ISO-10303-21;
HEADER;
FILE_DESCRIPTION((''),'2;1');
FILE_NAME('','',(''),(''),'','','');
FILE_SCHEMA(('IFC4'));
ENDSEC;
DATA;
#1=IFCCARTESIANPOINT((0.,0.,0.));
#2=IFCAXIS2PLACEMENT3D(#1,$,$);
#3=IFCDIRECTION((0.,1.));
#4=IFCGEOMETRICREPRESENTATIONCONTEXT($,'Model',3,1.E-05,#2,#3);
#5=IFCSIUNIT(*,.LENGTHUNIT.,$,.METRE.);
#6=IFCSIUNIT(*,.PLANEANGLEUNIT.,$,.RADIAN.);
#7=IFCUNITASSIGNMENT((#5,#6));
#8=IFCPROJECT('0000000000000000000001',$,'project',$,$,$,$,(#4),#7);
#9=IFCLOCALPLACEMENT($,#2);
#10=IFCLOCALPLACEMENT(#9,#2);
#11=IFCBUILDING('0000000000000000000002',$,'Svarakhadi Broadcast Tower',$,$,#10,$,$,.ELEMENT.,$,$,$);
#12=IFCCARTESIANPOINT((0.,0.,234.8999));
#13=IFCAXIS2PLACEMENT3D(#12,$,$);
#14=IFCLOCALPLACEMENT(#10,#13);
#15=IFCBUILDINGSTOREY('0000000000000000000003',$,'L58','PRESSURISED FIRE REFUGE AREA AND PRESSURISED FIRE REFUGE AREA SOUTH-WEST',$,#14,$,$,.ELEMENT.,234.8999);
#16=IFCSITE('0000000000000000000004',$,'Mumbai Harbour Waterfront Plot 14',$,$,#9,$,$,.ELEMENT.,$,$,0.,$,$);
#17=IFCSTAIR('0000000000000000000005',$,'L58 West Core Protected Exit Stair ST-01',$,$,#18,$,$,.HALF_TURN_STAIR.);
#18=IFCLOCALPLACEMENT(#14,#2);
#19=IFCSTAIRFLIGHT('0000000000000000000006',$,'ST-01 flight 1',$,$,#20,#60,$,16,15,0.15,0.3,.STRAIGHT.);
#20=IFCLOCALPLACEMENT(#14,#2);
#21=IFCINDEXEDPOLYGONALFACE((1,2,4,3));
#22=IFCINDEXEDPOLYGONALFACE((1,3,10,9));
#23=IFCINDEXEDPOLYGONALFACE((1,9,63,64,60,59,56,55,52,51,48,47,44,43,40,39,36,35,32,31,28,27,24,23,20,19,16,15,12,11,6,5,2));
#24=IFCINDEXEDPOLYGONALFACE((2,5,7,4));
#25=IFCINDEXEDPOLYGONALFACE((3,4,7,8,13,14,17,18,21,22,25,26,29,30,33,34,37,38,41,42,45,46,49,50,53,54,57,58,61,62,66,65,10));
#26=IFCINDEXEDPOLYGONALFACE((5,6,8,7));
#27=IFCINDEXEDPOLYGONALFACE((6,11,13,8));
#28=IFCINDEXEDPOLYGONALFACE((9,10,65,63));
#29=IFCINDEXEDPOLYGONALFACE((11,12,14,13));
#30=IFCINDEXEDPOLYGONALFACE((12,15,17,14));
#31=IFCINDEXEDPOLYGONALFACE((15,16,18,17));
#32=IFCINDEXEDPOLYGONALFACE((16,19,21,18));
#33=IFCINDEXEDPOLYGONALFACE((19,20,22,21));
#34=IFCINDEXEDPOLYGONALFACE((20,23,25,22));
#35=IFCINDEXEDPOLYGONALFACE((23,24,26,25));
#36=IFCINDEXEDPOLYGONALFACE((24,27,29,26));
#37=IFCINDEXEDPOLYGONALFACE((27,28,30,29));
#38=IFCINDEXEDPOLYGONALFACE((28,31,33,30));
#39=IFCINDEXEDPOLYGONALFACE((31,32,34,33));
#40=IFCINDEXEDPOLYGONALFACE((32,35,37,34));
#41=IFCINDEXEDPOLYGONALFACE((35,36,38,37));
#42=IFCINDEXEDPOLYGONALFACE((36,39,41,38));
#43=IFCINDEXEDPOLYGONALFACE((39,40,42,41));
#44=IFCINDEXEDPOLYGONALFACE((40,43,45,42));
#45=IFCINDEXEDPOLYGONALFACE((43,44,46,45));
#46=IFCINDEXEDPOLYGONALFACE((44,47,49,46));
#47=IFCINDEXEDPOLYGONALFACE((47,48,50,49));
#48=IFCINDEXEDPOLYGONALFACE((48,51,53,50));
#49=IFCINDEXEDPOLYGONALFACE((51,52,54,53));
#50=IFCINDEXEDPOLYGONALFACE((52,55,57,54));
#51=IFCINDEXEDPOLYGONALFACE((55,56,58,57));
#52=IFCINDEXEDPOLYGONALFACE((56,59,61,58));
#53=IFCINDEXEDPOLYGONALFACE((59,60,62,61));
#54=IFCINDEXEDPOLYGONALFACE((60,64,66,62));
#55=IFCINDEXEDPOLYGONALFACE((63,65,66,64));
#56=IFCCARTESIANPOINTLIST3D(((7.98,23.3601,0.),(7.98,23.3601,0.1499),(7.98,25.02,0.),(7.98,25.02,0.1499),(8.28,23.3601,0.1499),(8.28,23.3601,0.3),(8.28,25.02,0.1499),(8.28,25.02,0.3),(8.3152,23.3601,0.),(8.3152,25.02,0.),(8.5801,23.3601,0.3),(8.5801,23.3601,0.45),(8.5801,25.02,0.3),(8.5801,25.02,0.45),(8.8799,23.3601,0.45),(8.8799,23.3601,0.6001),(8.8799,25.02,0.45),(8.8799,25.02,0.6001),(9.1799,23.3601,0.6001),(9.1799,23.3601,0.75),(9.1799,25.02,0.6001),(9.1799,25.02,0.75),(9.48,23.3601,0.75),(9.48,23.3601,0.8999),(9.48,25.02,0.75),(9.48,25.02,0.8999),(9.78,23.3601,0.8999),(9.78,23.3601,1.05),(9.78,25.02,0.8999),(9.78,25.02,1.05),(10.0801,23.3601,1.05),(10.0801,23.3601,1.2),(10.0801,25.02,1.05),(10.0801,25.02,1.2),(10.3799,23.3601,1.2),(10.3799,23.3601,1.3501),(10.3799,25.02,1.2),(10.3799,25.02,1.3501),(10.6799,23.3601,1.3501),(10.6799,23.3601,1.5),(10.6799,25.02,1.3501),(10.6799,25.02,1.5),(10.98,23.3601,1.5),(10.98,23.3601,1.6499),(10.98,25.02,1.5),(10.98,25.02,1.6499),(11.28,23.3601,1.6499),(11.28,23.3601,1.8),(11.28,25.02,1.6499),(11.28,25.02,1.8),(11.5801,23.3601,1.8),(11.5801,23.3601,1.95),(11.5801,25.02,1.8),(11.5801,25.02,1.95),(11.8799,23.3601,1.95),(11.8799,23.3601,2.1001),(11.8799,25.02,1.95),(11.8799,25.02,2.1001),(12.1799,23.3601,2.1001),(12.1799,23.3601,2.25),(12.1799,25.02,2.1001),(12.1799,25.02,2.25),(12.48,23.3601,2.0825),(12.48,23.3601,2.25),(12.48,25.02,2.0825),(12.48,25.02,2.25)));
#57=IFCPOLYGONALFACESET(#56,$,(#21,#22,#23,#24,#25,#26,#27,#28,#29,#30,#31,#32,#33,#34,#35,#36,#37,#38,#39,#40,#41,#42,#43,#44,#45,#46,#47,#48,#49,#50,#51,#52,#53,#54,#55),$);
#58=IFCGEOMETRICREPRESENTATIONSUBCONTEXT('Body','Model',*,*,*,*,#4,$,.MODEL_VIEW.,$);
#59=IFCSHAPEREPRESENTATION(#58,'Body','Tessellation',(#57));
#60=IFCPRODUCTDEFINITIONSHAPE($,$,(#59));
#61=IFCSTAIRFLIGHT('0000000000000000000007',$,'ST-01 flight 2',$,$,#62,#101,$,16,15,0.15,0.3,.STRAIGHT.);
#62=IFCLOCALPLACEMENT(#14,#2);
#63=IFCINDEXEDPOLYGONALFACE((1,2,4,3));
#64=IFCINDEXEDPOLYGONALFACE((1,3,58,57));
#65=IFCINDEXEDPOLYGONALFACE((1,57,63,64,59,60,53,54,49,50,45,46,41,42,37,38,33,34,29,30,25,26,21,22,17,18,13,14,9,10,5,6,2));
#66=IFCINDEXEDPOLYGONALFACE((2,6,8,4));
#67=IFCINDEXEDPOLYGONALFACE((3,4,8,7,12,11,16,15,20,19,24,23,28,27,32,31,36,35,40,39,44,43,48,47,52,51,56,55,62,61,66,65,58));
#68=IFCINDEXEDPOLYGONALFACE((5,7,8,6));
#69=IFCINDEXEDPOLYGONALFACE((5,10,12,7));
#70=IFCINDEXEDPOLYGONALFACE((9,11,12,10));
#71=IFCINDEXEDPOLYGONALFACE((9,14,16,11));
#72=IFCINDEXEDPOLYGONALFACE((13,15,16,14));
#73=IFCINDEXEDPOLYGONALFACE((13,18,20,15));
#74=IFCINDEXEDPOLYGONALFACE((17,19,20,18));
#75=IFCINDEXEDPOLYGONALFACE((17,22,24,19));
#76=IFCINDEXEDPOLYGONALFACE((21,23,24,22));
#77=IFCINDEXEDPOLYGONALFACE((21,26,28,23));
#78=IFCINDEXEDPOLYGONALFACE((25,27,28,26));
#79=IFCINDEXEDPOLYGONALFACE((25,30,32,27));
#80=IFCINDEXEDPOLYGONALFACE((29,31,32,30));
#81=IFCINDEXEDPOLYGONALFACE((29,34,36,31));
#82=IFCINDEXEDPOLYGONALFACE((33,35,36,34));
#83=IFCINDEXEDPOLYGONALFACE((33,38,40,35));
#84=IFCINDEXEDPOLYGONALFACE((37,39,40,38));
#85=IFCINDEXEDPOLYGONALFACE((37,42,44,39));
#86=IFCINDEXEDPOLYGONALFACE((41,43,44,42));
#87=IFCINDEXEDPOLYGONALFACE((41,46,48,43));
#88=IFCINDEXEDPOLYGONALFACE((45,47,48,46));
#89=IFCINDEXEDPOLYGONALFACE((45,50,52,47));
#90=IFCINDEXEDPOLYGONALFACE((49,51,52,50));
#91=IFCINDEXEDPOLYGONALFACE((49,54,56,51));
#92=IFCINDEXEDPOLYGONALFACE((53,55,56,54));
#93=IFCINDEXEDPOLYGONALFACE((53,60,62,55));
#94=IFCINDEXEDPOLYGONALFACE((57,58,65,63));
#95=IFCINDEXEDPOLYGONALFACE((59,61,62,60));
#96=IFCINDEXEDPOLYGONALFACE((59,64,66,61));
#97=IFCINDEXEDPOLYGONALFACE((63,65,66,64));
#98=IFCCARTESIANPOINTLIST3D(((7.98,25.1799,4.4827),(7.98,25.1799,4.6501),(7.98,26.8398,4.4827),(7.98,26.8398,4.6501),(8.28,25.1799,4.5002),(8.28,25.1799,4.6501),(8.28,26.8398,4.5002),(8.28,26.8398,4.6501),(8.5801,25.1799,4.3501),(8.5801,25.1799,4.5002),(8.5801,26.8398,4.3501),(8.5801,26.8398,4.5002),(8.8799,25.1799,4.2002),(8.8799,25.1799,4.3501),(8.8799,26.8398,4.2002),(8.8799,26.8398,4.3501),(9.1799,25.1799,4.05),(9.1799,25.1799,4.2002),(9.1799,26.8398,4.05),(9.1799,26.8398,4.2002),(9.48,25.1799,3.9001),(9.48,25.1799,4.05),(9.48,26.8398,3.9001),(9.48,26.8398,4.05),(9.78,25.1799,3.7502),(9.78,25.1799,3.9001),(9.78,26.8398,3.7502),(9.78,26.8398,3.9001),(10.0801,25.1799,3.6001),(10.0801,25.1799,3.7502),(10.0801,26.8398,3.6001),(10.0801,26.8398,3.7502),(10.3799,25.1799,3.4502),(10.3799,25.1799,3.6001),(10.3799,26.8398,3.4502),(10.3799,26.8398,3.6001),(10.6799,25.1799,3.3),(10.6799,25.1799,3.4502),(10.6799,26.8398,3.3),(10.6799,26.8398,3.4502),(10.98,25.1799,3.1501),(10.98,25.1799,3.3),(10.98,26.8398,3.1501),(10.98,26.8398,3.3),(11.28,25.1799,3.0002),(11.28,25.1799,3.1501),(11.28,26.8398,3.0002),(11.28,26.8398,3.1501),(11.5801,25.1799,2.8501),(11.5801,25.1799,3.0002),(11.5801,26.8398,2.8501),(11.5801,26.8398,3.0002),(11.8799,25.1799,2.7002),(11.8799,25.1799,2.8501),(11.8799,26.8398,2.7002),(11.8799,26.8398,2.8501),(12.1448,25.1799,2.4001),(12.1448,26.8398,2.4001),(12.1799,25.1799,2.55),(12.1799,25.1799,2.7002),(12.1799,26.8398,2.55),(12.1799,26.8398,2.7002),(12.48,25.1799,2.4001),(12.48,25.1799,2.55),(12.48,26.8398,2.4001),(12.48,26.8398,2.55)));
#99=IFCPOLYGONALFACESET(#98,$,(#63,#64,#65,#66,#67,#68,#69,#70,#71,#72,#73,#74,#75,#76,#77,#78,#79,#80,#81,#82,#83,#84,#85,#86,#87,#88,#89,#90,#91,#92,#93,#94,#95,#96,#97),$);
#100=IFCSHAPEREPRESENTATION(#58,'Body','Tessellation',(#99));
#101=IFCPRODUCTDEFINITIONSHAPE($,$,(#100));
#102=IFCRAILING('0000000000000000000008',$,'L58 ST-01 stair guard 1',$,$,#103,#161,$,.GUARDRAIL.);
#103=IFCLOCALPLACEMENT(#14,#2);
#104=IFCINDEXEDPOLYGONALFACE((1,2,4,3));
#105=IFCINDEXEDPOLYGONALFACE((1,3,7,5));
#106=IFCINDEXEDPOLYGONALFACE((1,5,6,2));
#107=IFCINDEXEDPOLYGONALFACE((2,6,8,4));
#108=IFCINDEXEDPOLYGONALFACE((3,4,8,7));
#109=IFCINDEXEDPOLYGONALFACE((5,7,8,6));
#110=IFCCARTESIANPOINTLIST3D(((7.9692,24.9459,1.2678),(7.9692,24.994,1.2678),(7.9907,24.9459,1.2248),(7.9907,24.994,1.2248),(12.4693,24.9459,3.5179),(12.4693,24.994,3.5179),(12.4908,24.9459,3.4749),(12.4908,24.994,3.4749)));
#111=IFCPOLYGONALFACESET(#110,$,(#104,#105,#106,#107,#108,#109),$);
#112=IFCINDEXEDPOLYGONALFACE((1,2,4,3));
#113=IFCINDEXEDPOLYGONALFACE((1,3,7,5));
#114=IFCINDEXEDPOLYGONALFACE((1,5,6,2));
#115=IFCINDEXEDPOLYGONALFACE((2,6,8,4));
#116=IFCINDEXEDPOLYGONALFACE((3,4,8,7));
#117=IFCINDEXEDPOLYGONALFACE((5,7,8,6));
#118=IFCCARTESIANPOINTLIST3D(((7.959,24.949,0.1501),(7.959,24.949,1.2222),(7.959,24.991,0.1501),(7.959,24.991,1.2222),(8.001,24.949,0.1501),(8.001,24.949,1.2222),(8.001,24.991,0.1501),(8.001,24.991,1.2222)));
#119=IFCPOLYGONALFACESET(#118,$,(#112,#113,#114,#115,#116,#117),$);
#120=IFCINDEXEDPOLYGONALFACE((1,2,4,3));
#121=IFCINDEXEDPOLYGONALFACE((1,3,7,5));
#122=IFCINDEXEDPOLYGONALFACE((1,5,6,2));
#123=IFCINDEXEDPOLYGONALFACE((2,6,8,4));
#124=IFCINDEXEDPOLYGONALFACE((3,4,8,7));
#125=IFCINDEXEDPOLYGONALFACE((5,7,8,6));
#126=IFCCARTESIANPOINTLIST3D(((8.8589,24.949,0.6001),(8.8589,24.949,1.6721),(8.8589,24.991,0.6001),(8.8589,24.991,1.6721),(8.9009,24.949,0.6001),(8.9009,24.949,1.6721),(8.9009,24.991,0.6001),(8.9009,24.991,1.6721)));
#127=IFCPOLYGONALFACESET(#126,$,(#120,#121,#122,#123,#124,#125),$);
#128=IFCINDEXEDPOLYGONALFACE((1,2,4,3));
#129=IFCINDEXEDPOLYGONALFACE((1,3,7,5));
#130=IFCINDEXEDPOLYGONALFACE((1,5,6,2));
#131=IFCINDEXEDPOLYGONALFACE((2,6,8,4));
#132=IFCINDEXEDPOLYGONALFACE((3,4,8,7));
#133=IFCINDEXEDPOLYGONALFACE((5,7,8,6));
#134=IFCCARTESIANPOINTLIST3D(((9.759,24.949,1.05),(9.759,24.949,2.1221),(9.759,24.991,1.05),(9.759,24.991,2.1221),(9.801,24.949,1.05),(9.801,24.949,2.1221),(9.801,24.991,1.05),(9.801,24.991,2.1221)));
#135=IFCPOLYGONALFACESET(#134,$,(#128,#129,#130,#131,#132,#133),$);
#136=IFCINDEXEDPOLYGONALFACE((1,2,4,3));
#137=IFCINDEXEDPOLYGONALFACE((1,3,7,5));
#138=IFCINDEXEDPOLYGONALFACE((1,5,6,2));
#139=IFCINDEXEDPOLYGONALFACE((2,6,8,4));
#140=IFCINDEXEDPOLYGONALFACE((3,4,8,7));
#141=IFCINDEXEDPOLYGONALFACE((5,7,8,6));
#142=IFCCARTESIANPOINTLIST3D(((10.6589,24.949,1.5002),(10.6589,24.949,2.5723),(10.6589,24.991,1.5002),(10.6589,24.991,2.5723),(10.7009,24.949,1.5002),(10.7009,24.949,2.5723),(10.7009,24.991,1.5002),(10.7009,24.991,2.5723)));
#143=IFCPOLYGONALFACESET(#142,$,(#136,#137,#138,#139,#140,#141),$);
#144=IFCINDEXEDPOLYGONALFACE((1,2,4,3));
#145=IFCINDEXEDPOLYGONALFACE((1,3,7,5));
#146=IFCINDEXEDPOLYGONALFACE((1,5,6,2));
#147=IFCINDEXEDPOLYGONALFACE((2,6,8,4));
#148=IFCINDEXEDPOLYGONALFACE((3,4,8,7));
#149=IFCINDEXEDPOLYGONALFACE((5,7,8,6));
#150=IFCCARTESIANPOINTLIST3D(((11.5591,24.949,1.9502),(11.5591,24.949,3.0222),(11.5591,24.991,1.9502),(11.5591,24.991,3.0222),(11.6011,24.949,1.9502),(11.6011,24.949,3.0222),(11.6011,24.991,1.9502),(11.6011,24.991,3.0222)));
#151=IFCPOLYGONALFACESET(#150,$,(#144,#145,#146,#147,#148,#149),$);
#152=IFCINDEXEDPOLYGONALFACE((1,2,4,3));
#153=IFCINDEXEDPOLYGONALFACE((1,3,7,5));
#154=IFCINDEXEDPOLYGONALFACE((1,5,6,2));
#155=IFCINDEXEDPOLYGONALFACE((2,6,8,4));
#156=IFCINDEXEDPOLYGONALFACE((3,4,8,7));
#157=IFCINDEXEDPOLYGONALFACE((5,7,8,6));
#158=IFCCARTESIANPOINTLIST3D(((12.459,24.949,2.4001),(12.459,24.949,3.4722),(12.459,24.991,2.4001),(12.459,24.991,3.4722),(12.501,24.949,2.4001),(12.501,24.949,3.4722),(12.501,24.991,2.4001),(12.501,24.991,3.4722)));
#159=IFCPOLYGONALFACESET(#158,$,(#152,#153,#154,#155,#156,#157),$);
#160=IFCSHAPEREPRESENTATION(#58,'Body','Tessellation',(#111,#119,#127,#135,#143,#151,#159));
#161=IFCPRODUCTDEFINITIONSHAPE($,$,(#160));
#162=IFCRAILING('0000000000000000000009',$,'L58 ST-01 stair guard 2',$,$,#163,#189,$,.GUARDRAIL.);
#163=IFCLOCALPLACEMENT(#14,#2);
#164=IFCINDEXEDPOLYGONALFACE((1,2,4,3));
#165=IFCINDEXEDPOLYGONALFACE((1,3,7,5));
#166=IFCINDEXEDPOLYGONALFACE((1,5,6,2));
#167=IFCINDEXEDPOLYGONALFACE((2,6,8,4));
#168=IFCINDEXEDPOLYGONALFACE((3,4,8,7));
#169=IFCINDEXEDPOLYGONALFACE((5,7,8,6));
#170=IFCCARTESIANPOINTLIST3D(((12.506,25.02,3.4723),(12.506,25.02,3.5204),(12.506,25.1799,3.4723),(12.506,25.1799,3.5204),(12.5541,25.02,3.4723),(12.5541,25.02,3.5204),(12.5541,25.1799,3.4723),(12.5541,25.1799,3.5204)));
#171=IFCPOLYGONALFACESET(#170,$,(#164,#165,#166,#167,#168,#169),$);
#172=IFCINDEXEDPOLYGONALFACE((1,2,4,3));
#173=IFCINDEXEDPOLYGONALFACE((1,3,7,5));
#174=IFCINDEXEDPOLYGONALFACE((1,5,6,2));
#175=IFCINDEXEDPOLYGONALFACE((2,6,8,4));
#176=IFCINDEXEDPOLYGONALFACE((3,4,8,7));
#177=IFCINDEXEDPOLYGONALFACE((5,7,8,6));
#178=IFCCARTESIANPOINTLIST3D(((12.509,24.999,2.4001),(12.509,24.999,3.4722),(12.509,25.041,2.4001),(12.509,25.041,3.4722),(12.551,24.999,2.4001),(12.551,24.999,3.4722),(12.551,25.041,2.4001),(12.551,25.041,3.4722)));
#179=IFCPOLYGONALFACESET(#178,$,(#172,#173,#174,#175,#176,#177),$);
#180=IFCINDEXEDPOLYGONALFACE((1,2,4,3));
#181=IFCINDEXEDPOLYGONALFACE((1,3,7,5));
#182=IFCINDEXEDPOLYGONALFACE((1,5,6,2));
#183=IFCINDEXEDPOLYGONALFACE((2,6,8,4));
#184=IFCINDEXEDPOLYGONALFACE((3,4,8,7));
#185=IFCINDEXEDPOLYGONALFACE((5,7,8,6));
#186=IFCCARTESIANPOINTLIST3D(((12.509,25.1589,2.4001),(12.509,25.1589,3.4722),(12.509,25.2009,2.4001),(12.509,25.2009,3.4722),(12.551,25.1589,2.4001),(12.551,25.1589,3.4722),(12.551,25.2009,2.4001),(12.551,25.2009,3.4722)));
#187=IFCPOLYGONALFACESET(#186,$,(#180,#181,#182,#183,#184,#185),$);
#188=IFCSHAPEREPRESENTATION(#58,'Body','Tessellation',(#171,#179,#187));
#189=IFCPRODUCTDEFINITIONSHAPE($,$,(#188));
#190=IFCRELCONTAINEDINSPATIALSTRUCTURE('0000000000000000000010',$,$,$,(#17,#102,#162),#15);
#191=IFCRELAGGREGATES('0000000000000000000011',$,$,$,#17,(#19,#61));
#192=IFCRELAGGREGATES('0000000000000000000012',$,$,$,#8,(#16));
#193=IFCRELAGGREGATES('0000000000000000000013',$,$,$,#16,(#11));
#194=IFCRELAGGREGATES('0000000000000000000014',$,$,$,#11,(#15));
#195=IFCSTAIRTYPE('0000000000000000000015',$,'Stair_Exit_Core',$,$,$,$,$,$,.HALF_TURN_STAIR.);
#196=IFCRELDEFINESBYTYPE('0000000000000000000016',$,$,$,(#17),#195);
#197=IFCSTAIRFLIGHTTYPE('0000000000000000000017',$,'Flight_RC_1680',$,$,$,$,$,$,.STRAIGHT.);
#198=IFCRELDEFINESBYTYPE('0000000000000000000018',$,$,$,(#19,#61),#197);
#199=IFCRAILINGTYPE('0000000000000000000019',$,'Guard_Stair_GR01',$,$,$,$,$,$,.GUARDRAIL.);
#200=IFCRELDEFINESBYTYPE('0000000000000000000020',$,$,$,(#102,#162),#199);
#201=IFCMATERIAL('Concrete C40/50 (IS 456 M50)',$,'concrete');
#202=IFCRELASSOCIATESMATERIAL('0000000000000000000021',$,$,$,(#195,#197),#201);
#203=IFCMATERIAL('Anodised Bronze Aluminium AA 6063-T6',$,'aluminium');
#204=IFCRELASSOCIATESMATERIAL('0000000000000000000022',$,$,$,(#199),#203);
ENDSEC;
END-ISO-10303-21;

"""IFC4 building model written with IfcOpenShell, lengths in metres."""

from ifc_helpers import new_model, si_unit, direction, frame, origin, origin_2d, place, context, subcontext, project, spatial, polyline, rectangle, outline, extrude, material, type_object, element, aggregate, save


model = new_model("IFC4")

# Units and contexts
model_context = context("Model", 3, precision=1e-05, world=origin(), true_north=direction((0.0, 1.0)))
body_context = subcontext(model_context, "Body", "Model", "MODEL_VIEW")
ifc_project = project(units=[si_unit("LENGTHUNIT", "METRE"), si_unit("PLANEANGLEUNIT", "RADIAN")], contexts=[model_context])

# Site, building, storey
site_placement = place(None, origin())
site = spatial("IfcSite", under=ifc_project, at=site_placement, Name="Mumbai Harbour Waterfront Plot 14", CompositionType="ELEMENT", RefElevation=0.0)
building_placement = place(site_placement, origin())
building = spatial("IfcBuilding", under=site, at=building_placement, Name="Svarakhadi Broadcast Tower", CompositionType="ELEMENT")
storey_placement = place(building_placement, frame((0.0, 0.0, 234.8999)))
storey = spatial("IfcBuildingStorey", under=building, at=storey_placement, Name="L58", Description="PRESSURISED FIRE REFUGE AREA AND PRESSURISED FIRE REFUGE AREA SOUTH-WEST", CompositionType="ELEMENT", Elevation=234.8999)

# Shared definitions
ifc_material_1 = material(Name="Concrete C40/50 (IS 456 M50)", Category="concrete")

# Stair, stair flights
stair_type = type_object("IfcStairType", Name="Stair_Exit_Core", PredefinedType="HALF_TURN_STAIR", material=ifc_material_1)
stair_placement = place(storey_placement, origin())
stair = element("IfcStair", 1, at=stair_placement, inside=storey, type_object=stair_type, Name="L58 West Core Protected Exit Stair ST-01", PredefinedType="HALF_TURN_STAIR")
stair_flight_type = type_object("IfcStairFlightType", Name="Flight_RC_1680", PredefinedType="STRAIGHT", material=ifc_material_1)
stair_flight_1_placement = place(storey_placement, frame((7.98, 24.1899, 0.0), z_axis=(0.0, 0.0, 1.0), x_axis=(1.0, 0.0, 0.0)))
stair_flight_1 = element("IfcStairFlight", 2, at=stair_flight_1_placement, type_object=stair_flight_type, Name="ST-01 flight 1", NumberOfRisers=16, NumberOfTreads=15, PredefinedType="STRAIGHT", RiserHeight=0.15, TreadLength=0.3, context=body_context, shape_type="SweptSolid", body=[
    extrude(outline(polyline([(0.0, 0.0), (0.0, 0.1499), (0.3, 0.1499), (0.3, 0.3), (0.6001, 0.3), (0.6001, 0.45), (0.8999, 0.45), (0.8999, 0.6001), (1.2, 0.6001), (1.2, 0.75), (1.5, 0.75), (1.5, 0.8999), (1.8, 0.8999), (1.8, 1.05), (2.1001, 1.05), (2.1001, 1.2), (2.3999, 1.2), (2.3999, 1.3501), (2.7, 1.3501), (2.7, 1.5), (3.0, 1.5), (3.0, 1.6499), (3.3, 1.6499), (3.3, 1.8), (3.6001, 1.8), (3.6001, 1.95), (3.8999, 1.95), (3.8999, 2.1001), (4.2, 2.1001), (4.2, 2.25), (4.5, 2.25), (4.5, 2.3999), (4.5, 2.0825), (0.3352, 0.0), (0.0, 0.0)])), frame((0.0, 0.8301, 0.0), z_axis=(0.0, -1.0, 0.0), x_axis=(1.0, 0.0, 0.0)), (0.0, 0.0, 1.0), 1.6599),
])
stair_flight_2_placement = place(storey_placement, frame((12.48, 26.01, 2.4001), z_axis=(0.0, 0.0, 1.0), x_axis=(-1.0, 0.0, 0.0)))
stair_flight_2 = element("IfcStairFlight", 3, at=stair_flight_2_placement, type_object=stair_flight_type, Name="ST-01 flight 2", NumberOfRisers=16, NumberOfTreads=15, PredefinedType="STRAIGHT", RiserHeight=0.15, TreadLength=0.3, context=body_context, shape_type="SweptSolid", body=[
    extrude(outline(polyline([(0.0, 0.0), (0.0, 0.1499), (0.3, 0.1499), (0.3, 0.3), (0.6001, 0.3), (0.6001, 0.45), (0.8999, 0.45), (0.8999, 0.6001), (1.2, 0.6001), (1.2, 0.75), (1.5, 0.75), (1.5, 0.8999), (1.8, 0.8999), (1.8, 1.05), (2.1001, 1.05), (2.1001, 1.2), (2.3999, 1.2), (2.3999, 1.3501), (2.7, 1.3501), (2.7, 1.5), (3.0, 1.5), (3.0, 1.6499), (3.3, 1.6499), (3.3, 1.8), (3.6001, 1.8), (3.6001, 1.95), (3.8999, 1.95), (3.8999, 2.1001), (4.2, 2.1001), (4.2, 2.25), (4.5, 2.25), (4.5, 2.3999), (4.5, 2.0825), (0.3352, 0.0), (0.0, 0.0)])), frame((0.0, 0.8301, 0.0), z_axis=(0.0, -1.0, 0.0), x_axis=(1.0, 0.0, 0.0)), (0.0, 0.0, 1.0), 1.6599),
])
aggregate(stair, [stair_flight_1, stair_flight_2])

# Railings
ifc_material_2 = material(Name="Anodised Bronze Aluminium AA 6063-T6", Category="aluminium")
railing_type_1 = type_object("IfcRailingType", Name="Guard_Stair_GR01", PredefinedType="GUARDRAIL", material=ifc_material_2)
railing_1_placement = place(storey_placement, frame((7.98, 24.97, 0.1501)))
element("IfcRailing", 4, at=railing_1_placement, inside=storey, type_object=railing_type_1, Name="L58 ST-01 stair guard 1", PredefinedType="GUARDRAIL", context=body_context, shape_type="SweptSolid", body=[
    extrude(rectangle(XDim=0.0481, YDim=0.0481, at=origin_2d()), frame((0.0, 0.0, 1.0962), z_axis=(0.894427, 0.0, 0.447214), x_axis=(0.0, 1.0, 0.0)), (0.0, 0.0, 1.0), 5.0312),
    extrude(rectangle(XDim=0.042, YDim=0.042, at=origin_2d()), origin(), (0.0, 0.0, 1.0), 1.072),
    extrude(rectangle(XDim=0.042, YDim=0.042, at=origin_2d()), frame((0.8999, 0.0, 0.45)), (0.0, 0.0, 1.0), 1.072),
    extrude(rectangle(XDim=0.042, YDim=0.042, at=origin_2d()), frame((1.8, 0.0, 0.8999)), (0.0, 0.0, 1.0), 1.072),
    extrude(rectangle(XDim=0.042, YDim=0.042, at=origin_2d()), frame((2.7, 0.0, 1.3501)), (0.0, 0.0, 1.0), 1.072),
    extrude(rectangle(XDim=0.042, YDim=0.042, at=origin_2d()), frame((3.6001, 0.0, 1.8)), (0.0, 0.0, 1.0), 1.072),
    extrude(rectangle(XDim=0.042, YDim=0.042, at=origin_2d()), frame((4.5, 0.0, 2.25)), (0.0, 0.0, 1.0), 1.072),
])
railing_2_placement = place(storey_placement, frame((12.53, 25.02, 2.4001)))
element("IfcRailing", 5, at=railing_2_placement, inside=storey, type_object=railing_type_1, Name="L58 ST-01 stair guard 2", PredefinedType="GUARDRAIL", context=body_context, shape_type="SweptSolid", body=[
    extrude(rectangle(XDim=0.0481, YDim=0.0481, at=origin_2d()), frame((0.0, 0.0, 1.0962), z_axis=(0.0, 1.0, 0.0), x_axis=(-1.0, 0.0, 0.0)), (0.0, 0.0, 1.0), 0.1599),
    extrude(rectangle(XDim=0.042, YDim=0.042, at=origin_2d()), origin(), (0.0, 0.0, 1.0), 1.072),
    extrude(rectangle(XDim=0.042, YDim=0.042, at=origin_2d()), frame((0.0, 0.1599, 0.0)), (0.0, 0.0, 1.0), 1.072),
])

save(model, "model.ifc")
